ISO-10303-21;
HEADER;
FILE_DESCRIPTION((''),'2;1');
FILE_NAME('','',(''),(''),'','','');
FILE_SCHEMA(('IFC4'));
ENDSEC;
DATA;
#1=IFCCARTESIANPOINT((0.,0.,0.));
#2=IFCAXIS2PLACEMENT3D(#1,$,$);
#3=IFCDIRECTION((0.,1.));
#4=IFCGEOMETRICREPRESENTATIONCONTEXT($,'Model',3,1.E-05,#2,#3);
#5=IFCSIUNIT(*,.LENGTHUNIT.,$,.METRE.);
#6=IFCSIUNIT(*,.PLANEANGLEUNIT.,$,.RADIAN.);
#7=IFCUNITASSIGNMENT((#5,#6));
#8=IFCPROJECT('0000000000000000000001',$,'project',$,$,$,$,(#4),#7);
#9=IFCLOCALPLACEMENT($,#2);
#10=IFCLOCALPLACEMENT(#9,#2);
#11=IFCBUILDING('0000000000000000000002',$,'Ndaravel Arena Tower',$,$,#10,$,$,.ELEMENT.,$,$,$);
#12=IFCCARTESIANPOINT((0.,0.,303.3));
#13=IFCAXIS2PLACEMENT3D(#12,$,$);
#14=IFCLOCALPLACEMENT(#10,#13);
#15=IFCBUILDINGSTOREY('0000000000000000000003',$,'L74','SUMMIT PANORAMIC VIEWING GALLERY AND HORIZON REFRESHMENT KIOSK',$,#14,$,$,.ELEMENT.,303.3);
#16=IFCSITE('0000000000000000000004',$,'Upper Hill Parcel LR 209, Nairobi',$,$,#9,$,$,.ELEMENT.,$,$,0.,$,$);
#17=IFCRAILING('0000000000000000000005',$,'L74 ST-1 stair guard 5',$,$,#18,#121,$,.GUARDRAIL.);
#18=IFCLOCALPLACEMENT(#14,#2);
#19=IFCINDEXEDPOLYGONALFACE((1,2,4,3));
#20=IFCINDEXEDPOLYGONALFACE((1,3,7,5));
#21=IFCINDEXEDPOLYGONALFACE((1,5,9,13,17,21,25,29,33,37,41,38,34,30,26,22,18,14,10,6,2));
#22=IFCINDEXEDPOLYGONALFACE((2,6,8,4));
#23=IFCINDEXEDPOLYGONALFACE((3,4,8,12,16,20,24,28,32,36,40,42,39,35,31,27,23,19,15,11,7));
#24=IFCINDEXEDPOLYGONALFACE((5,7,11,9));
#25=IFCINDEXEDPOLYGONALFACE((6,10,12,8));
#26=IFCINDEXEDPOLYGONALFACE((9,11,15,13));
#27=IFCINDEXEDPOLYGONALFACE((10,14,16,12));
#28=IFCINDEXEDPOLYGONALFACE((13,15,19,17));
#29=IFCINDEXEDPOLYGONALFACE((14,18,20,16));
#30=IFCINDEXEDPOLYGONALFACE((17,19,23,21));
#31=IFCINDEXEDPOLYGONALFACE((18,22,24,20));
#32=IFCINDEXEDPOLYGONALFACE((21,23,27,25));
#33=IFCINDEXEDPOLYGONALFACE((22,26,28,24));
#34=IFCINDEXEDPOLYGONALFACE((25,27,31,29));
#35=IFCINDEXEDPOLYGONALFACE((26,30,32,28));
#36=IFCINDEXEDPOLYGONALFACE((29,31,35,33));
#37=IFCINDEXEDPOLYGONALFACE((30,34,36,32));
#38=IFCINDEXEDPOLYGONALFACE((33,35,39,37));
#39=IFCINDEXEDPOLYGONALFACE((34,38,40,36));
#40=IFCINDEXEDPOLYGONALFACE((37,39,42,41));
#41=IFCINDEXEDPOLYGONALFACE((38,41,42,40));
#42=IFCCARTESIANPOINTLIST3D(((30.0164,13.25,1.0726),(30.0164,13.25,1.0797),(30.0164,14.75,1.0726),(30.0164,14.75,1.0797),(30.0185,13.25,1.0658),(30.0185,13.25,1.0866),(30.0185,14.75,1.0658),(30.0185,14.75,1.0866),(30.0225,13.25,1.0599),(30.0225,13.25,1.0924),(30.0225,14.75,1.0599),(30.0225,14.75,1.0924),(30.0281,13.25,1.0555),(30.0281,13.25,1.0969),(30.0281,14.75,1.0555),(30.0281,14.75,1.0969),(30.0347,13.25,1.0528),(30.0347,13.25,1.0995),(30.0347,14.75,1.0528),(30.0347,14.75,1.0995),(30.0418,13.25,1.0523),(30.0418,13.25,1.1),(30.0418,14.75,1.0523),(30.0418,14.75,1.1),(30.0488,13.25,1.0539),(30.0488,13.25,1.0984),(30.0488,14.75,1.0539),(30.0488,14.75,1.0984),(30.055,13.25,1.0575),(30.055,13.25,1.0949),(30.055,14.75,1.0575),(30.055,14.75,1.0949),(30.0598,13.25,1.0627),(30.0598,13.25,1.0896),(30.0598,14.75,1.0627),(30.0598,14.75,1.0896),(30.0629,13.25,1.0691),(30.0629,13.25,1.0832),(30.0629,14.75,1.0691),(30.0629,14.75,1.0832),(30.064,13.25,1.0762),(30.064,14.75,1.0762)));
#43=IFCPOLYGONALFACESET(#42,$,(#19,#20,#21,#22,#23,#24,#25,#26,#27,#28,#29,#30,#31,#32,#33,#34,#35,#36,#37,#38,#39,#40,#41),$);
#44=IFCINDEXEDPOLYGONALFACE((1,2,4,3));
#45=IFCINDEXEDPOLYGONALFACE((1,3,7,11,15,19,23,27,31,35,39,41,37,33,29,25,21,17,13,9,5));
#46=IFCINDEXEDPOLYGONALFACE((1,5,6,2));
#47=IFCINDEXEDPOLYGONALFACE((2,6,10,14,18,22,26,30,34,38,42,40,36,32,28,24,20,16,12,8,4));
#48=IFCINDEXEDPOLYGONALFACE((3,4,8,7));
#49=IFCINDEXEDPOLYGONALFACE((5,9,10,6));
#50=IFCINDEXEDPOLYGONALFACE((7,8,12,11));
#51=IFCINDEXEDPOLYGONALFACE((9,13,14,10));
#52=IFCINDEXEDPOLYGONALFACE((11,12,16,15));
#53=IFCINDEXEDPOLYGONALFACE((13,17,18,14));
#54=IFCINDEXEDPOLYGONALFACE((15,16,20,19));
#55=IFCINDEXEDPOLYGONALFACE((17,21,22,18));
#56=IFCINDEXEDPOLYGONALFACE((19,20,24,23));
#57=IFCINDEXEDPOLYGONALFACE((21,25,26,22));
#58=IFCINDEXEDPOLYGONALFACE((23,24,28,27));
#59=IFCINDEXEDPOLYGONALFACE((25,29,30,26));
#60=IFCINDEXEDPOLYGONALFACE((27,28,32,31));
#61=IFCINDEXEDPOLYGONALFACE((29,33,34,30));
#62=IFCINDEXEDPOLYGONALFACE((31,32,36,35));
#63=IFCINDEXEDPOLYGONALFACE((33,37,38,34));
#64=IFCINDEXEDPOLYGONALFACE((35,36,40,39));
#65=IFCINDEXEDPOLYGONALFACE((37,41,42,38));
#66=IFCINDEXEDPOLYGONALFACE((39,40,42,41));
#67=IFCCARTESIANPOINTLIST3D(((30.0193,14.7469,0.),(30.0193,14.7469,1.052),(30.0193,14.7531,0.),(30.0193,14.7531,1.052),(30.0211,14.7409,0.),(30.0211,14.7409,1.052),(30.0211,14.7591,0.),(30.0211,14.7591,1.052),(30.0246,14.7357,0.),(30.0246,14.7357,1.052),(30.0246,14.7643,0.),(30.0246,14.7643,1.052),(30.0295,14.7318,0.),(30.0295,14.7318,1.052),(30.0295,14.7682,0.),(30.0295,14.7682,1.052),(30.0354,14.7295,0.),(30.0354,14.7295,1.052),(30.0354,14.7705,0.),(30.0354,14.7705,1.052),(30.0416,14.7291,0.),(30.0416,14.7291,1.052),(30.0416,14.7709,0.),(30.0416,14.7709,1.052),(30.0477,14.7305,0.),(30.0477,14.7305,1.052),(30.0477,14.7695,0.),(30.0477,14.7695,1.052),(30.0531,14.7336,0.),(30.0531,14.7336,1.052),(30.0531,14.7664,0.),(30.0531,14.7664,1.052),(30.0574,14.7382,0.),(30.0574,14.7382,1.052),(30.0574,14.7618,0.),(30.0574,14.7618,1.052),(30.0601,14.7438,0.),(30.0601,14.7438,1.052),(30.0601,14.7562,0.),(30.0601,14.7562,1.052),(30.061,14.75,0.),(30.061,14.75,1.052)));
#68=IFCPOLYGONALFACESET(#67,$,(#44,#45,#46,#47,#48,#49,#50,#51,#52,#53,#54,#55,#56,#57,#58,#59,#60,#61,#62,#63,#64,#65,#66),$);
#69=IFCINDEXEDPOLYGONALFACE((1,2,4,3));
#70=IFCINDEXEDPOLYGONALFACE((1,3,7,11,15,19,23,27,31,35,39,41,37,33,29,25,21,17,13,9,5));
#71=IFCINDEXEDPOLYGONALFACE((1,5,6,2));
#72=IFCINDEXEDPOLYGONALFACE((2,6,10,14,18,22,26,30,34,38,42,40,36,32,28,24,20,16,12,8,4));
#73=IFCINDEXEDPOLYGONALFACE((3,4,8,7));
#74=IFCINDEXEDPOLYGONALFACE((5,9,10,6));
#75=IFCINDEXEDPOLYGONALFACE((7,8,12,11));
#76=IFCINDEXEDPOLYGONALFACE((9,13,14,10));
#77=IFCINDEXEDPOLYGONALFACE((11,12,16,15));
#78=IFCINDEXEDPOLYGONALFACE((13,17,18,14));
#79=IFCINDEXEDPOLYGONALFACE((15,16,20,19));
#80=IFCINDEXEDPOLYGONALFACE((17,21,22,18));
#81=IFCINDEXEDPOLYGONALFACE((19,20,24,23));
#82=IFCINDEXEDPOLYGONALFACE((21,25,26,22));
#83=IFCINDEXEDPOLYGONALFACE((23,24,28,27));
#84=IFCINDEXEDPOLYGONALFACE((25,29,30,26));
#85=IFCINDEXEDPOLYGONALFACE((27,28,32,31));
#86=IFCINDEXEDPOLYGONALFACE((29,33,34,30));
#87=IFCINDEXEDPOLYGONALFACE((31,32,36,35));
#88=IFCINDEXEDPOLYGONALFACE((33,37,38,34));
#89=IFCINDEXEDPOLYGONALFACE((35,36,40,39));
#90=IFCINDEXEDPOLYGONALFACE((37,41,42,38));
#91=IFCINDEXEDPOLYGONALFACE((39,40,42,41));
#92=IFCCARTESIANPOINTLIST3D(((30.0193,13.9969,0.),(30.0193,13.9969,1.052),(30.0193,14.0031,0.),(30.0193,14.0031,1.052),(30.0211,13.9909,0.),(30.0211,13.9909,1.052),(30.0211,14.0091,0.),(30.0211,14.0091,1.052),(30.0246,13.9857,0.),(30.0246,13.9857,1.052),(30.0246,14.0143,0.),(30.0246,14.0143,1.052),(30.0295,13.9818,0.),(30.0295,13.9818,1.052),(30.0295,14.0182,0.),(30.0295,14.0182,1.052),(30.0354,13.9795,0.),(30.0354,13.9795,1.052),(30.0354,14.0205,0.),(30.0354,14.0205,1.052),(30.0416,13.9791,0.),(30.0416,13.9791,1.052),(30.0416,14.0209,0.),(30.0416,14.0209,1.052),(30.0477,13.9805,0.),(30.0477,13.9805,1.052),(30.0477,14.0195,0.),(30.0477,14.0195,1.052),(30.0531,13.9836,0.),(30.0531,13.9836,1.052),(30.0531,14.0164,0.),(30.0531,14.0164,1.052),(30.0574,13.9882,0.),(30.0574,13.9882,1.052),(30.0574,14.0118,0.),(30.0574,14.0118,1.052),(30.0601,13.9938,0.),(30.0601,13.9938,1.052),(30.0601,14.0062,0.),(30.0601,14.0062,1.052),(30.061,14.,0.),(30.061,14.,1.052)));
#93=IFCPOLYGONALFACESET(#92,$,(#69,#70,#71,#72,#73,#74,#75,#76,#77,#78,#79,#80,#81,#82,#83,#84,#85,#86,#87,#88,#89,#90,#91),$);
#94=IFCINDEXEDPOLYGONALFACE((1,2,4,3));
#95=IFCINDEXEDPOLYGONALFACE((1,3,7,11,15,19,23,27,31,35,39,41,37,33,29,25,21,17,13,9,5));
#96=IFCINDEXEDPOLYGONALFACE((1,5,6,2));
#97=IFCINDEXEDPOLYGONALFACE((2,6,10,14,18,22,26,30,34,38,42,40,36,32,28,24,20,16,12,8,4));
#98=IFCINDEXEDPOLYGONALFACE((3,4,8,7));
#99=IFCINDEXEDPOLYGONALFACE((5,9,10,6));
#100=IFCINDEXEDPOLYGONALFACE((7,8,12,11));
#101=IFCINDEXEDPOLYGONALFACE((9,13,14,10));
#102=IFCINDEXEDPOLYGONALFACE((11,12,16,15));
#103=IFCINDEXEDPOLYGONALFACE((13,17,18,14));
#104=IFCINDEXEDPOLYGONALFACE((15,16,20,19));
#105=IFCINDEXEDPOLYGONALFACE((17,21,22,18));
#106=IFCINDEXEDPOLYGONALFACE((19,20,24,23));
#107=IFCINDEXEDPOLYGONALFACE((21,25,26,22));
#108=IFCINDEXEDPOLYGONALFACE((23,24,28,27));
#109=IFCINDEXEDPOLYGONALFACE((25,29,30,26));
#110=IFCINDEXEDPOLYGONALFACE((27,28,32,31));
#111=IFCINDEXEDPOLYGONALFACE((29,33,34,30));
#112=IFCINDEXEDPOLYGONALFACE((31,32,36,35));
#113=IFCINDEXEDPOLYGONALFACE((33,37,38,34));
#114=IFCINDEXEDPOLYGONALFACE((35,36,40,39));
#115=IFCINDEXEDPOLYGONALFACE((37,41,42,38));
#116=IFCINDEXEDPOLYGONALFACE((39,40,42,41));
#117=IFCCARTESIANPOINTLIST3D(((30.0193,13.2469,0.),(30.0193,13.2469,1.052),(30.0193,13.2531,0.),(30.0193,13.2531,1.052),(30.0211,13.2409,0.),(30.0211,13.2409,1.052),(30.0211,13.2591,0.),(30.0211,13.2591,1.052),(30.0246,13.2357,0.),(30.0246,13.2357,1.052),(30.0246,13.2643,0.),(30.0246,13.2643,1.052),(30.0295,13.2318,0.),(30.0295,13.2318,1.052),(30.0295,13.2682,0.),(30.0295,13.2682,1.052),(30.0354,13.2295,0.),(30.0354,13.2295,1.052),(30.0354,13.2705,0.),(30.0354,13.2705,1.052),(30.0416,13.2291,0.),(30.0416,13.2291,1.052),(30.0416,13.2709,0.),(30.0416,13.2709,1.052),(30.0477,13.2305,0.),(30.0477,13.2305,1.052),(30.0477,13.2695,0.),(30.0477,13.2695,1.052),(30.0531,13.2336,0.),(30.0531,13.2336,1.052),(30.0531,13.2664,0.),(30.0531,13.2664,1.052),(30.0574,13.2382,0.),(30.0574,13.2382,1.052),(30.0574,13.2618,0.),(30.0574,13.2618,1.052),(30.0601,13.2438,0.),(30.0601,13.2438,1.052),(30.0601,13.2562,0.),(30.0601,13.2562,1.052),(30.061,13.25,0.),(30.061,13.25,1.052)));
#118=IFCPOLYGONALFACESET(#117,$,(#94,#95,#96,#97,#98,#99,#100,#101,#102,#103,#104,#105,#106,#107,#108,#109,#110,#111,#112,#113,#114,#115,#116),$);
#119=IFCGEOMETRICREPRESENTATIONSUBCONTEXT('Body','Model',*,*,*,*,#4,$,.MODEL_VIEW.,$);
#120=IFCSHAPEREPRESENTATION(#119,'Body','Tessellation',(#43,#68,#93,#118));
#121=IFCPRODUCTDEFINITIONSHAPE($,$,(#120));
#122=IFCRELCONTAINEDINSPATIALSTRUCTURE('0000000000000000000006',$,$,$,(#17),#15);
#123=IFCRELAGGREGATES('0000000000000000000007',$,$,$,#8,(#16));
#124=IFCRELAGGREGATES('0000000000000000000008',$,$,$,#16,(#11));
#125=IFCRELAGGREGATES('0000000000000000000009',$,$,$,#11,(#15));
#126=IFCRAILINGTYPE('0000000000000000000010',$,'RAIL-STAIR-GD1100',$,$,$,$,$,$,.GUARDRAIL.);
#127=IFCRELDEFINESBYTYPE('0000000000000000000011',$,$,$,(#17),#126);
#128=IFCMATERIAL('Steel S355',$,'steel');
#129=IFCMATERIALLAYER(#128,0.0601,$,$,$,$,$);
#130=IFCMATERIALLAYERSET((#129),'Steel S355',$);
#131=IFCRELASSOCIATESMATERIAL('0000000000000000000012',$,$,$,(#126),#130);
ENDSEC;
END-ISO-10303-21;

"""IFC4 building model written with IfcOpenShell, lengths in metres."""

from ifc_helpers import new_model, si_unit, direction, frame, origin, origin_2d, place, context, subcontext, project, spatial, circle, extrude, material, layer, layer_set, type_object, element, save


model = new_model("IFC4")

# Units and contexts
model_context = context("Model", 3, precision=1e-05, world=origin(), true_north=direction((0.0, 1.0)))
body_context = subcontext(model_context, "Body", "Model", "MODEL_VIEW")
ifc_project = project(units=[si_unit("LENGTHUNIT", "METRE"), si_unit("PLANEANGLEUNIT", "RADIAN")], contexts=[model_context])

# Site, building, storey
site_placement = place(None, origin())
site = spatial("IfcSite", under=ifc_project, at=site_placement, Name="Upper Hill Parcel LR 209, Nairobi", CompositionType="ELEMENT", RefElevation=0.0)
building_placement = place(site_placement, origin())
building = spatial("IfcBuilding", under=site, at=building_placement, Name="Ndaravel Arena Tower", CompositionType="ELEMENT")
storey_placement = place(building_placement, frame((0.0, 0.0, 303.3)))
storey = spatial("IfcBuildingStorey", under=building, at=storey_placement, Name="L74", Description="SUMMIT PANORAMIC VIEWING GALLERY AND HORIZON REFRESHMENT KIOSK", CompositionType="ELEMENT", Elevation=303.3)

# Railing
ifc_material_1 = material(Name="Steel S355", Category="steel")
ifc_layer_1 = layer(ifc_material_1, 0.0601)
ifc_layer_set_1 = layer_set([ifc_layer_1], Name="Steel S355")
railing_type = type_object("IfcRailingType", Name="RAIL-STAIR-GD1100", PredefinedType="GUARDRAIL", material=ifc_layer_set_1)
railing_1_placement = place(storey_placement, frame((30.04, 14.75, 0.0)))
element("IfcRailing", 1, at=railing_1_placement, inside=storey, type_object=railing_type, Name="L74 ST-1 stair guard 5", PredefinedType="GUARDRAIL", context=body_context, shape_type="SweptSolid", body=[
    extrude(circle(Radius=0.0239, at=origin_2d()), frame((0.0, 0.0, 1.0762), z_axis=(0.0, -1.0, 0.0), x_axis=(1.0, 0.0, 0.0)), (0.0, 0.0, 1.0), 1.5),
    extrude(circle(Radius=0.021, at=origin_2d()), origin(), (0.0, 0.0, 1.0), 1.052),
    extrude(circle(Radius=0.021, at=origin_2d()), frame((0.0, -0.75, 0.0)), (0.0, 0.0, 1.0), 1.052),
    extrude(circle(Radius=0.021, at=origin_2d()), frame((0.0, -1.5, 0.0)), (0.0, 0.0, 1.0), 1.052),
])

save(model, "model.ifc")
